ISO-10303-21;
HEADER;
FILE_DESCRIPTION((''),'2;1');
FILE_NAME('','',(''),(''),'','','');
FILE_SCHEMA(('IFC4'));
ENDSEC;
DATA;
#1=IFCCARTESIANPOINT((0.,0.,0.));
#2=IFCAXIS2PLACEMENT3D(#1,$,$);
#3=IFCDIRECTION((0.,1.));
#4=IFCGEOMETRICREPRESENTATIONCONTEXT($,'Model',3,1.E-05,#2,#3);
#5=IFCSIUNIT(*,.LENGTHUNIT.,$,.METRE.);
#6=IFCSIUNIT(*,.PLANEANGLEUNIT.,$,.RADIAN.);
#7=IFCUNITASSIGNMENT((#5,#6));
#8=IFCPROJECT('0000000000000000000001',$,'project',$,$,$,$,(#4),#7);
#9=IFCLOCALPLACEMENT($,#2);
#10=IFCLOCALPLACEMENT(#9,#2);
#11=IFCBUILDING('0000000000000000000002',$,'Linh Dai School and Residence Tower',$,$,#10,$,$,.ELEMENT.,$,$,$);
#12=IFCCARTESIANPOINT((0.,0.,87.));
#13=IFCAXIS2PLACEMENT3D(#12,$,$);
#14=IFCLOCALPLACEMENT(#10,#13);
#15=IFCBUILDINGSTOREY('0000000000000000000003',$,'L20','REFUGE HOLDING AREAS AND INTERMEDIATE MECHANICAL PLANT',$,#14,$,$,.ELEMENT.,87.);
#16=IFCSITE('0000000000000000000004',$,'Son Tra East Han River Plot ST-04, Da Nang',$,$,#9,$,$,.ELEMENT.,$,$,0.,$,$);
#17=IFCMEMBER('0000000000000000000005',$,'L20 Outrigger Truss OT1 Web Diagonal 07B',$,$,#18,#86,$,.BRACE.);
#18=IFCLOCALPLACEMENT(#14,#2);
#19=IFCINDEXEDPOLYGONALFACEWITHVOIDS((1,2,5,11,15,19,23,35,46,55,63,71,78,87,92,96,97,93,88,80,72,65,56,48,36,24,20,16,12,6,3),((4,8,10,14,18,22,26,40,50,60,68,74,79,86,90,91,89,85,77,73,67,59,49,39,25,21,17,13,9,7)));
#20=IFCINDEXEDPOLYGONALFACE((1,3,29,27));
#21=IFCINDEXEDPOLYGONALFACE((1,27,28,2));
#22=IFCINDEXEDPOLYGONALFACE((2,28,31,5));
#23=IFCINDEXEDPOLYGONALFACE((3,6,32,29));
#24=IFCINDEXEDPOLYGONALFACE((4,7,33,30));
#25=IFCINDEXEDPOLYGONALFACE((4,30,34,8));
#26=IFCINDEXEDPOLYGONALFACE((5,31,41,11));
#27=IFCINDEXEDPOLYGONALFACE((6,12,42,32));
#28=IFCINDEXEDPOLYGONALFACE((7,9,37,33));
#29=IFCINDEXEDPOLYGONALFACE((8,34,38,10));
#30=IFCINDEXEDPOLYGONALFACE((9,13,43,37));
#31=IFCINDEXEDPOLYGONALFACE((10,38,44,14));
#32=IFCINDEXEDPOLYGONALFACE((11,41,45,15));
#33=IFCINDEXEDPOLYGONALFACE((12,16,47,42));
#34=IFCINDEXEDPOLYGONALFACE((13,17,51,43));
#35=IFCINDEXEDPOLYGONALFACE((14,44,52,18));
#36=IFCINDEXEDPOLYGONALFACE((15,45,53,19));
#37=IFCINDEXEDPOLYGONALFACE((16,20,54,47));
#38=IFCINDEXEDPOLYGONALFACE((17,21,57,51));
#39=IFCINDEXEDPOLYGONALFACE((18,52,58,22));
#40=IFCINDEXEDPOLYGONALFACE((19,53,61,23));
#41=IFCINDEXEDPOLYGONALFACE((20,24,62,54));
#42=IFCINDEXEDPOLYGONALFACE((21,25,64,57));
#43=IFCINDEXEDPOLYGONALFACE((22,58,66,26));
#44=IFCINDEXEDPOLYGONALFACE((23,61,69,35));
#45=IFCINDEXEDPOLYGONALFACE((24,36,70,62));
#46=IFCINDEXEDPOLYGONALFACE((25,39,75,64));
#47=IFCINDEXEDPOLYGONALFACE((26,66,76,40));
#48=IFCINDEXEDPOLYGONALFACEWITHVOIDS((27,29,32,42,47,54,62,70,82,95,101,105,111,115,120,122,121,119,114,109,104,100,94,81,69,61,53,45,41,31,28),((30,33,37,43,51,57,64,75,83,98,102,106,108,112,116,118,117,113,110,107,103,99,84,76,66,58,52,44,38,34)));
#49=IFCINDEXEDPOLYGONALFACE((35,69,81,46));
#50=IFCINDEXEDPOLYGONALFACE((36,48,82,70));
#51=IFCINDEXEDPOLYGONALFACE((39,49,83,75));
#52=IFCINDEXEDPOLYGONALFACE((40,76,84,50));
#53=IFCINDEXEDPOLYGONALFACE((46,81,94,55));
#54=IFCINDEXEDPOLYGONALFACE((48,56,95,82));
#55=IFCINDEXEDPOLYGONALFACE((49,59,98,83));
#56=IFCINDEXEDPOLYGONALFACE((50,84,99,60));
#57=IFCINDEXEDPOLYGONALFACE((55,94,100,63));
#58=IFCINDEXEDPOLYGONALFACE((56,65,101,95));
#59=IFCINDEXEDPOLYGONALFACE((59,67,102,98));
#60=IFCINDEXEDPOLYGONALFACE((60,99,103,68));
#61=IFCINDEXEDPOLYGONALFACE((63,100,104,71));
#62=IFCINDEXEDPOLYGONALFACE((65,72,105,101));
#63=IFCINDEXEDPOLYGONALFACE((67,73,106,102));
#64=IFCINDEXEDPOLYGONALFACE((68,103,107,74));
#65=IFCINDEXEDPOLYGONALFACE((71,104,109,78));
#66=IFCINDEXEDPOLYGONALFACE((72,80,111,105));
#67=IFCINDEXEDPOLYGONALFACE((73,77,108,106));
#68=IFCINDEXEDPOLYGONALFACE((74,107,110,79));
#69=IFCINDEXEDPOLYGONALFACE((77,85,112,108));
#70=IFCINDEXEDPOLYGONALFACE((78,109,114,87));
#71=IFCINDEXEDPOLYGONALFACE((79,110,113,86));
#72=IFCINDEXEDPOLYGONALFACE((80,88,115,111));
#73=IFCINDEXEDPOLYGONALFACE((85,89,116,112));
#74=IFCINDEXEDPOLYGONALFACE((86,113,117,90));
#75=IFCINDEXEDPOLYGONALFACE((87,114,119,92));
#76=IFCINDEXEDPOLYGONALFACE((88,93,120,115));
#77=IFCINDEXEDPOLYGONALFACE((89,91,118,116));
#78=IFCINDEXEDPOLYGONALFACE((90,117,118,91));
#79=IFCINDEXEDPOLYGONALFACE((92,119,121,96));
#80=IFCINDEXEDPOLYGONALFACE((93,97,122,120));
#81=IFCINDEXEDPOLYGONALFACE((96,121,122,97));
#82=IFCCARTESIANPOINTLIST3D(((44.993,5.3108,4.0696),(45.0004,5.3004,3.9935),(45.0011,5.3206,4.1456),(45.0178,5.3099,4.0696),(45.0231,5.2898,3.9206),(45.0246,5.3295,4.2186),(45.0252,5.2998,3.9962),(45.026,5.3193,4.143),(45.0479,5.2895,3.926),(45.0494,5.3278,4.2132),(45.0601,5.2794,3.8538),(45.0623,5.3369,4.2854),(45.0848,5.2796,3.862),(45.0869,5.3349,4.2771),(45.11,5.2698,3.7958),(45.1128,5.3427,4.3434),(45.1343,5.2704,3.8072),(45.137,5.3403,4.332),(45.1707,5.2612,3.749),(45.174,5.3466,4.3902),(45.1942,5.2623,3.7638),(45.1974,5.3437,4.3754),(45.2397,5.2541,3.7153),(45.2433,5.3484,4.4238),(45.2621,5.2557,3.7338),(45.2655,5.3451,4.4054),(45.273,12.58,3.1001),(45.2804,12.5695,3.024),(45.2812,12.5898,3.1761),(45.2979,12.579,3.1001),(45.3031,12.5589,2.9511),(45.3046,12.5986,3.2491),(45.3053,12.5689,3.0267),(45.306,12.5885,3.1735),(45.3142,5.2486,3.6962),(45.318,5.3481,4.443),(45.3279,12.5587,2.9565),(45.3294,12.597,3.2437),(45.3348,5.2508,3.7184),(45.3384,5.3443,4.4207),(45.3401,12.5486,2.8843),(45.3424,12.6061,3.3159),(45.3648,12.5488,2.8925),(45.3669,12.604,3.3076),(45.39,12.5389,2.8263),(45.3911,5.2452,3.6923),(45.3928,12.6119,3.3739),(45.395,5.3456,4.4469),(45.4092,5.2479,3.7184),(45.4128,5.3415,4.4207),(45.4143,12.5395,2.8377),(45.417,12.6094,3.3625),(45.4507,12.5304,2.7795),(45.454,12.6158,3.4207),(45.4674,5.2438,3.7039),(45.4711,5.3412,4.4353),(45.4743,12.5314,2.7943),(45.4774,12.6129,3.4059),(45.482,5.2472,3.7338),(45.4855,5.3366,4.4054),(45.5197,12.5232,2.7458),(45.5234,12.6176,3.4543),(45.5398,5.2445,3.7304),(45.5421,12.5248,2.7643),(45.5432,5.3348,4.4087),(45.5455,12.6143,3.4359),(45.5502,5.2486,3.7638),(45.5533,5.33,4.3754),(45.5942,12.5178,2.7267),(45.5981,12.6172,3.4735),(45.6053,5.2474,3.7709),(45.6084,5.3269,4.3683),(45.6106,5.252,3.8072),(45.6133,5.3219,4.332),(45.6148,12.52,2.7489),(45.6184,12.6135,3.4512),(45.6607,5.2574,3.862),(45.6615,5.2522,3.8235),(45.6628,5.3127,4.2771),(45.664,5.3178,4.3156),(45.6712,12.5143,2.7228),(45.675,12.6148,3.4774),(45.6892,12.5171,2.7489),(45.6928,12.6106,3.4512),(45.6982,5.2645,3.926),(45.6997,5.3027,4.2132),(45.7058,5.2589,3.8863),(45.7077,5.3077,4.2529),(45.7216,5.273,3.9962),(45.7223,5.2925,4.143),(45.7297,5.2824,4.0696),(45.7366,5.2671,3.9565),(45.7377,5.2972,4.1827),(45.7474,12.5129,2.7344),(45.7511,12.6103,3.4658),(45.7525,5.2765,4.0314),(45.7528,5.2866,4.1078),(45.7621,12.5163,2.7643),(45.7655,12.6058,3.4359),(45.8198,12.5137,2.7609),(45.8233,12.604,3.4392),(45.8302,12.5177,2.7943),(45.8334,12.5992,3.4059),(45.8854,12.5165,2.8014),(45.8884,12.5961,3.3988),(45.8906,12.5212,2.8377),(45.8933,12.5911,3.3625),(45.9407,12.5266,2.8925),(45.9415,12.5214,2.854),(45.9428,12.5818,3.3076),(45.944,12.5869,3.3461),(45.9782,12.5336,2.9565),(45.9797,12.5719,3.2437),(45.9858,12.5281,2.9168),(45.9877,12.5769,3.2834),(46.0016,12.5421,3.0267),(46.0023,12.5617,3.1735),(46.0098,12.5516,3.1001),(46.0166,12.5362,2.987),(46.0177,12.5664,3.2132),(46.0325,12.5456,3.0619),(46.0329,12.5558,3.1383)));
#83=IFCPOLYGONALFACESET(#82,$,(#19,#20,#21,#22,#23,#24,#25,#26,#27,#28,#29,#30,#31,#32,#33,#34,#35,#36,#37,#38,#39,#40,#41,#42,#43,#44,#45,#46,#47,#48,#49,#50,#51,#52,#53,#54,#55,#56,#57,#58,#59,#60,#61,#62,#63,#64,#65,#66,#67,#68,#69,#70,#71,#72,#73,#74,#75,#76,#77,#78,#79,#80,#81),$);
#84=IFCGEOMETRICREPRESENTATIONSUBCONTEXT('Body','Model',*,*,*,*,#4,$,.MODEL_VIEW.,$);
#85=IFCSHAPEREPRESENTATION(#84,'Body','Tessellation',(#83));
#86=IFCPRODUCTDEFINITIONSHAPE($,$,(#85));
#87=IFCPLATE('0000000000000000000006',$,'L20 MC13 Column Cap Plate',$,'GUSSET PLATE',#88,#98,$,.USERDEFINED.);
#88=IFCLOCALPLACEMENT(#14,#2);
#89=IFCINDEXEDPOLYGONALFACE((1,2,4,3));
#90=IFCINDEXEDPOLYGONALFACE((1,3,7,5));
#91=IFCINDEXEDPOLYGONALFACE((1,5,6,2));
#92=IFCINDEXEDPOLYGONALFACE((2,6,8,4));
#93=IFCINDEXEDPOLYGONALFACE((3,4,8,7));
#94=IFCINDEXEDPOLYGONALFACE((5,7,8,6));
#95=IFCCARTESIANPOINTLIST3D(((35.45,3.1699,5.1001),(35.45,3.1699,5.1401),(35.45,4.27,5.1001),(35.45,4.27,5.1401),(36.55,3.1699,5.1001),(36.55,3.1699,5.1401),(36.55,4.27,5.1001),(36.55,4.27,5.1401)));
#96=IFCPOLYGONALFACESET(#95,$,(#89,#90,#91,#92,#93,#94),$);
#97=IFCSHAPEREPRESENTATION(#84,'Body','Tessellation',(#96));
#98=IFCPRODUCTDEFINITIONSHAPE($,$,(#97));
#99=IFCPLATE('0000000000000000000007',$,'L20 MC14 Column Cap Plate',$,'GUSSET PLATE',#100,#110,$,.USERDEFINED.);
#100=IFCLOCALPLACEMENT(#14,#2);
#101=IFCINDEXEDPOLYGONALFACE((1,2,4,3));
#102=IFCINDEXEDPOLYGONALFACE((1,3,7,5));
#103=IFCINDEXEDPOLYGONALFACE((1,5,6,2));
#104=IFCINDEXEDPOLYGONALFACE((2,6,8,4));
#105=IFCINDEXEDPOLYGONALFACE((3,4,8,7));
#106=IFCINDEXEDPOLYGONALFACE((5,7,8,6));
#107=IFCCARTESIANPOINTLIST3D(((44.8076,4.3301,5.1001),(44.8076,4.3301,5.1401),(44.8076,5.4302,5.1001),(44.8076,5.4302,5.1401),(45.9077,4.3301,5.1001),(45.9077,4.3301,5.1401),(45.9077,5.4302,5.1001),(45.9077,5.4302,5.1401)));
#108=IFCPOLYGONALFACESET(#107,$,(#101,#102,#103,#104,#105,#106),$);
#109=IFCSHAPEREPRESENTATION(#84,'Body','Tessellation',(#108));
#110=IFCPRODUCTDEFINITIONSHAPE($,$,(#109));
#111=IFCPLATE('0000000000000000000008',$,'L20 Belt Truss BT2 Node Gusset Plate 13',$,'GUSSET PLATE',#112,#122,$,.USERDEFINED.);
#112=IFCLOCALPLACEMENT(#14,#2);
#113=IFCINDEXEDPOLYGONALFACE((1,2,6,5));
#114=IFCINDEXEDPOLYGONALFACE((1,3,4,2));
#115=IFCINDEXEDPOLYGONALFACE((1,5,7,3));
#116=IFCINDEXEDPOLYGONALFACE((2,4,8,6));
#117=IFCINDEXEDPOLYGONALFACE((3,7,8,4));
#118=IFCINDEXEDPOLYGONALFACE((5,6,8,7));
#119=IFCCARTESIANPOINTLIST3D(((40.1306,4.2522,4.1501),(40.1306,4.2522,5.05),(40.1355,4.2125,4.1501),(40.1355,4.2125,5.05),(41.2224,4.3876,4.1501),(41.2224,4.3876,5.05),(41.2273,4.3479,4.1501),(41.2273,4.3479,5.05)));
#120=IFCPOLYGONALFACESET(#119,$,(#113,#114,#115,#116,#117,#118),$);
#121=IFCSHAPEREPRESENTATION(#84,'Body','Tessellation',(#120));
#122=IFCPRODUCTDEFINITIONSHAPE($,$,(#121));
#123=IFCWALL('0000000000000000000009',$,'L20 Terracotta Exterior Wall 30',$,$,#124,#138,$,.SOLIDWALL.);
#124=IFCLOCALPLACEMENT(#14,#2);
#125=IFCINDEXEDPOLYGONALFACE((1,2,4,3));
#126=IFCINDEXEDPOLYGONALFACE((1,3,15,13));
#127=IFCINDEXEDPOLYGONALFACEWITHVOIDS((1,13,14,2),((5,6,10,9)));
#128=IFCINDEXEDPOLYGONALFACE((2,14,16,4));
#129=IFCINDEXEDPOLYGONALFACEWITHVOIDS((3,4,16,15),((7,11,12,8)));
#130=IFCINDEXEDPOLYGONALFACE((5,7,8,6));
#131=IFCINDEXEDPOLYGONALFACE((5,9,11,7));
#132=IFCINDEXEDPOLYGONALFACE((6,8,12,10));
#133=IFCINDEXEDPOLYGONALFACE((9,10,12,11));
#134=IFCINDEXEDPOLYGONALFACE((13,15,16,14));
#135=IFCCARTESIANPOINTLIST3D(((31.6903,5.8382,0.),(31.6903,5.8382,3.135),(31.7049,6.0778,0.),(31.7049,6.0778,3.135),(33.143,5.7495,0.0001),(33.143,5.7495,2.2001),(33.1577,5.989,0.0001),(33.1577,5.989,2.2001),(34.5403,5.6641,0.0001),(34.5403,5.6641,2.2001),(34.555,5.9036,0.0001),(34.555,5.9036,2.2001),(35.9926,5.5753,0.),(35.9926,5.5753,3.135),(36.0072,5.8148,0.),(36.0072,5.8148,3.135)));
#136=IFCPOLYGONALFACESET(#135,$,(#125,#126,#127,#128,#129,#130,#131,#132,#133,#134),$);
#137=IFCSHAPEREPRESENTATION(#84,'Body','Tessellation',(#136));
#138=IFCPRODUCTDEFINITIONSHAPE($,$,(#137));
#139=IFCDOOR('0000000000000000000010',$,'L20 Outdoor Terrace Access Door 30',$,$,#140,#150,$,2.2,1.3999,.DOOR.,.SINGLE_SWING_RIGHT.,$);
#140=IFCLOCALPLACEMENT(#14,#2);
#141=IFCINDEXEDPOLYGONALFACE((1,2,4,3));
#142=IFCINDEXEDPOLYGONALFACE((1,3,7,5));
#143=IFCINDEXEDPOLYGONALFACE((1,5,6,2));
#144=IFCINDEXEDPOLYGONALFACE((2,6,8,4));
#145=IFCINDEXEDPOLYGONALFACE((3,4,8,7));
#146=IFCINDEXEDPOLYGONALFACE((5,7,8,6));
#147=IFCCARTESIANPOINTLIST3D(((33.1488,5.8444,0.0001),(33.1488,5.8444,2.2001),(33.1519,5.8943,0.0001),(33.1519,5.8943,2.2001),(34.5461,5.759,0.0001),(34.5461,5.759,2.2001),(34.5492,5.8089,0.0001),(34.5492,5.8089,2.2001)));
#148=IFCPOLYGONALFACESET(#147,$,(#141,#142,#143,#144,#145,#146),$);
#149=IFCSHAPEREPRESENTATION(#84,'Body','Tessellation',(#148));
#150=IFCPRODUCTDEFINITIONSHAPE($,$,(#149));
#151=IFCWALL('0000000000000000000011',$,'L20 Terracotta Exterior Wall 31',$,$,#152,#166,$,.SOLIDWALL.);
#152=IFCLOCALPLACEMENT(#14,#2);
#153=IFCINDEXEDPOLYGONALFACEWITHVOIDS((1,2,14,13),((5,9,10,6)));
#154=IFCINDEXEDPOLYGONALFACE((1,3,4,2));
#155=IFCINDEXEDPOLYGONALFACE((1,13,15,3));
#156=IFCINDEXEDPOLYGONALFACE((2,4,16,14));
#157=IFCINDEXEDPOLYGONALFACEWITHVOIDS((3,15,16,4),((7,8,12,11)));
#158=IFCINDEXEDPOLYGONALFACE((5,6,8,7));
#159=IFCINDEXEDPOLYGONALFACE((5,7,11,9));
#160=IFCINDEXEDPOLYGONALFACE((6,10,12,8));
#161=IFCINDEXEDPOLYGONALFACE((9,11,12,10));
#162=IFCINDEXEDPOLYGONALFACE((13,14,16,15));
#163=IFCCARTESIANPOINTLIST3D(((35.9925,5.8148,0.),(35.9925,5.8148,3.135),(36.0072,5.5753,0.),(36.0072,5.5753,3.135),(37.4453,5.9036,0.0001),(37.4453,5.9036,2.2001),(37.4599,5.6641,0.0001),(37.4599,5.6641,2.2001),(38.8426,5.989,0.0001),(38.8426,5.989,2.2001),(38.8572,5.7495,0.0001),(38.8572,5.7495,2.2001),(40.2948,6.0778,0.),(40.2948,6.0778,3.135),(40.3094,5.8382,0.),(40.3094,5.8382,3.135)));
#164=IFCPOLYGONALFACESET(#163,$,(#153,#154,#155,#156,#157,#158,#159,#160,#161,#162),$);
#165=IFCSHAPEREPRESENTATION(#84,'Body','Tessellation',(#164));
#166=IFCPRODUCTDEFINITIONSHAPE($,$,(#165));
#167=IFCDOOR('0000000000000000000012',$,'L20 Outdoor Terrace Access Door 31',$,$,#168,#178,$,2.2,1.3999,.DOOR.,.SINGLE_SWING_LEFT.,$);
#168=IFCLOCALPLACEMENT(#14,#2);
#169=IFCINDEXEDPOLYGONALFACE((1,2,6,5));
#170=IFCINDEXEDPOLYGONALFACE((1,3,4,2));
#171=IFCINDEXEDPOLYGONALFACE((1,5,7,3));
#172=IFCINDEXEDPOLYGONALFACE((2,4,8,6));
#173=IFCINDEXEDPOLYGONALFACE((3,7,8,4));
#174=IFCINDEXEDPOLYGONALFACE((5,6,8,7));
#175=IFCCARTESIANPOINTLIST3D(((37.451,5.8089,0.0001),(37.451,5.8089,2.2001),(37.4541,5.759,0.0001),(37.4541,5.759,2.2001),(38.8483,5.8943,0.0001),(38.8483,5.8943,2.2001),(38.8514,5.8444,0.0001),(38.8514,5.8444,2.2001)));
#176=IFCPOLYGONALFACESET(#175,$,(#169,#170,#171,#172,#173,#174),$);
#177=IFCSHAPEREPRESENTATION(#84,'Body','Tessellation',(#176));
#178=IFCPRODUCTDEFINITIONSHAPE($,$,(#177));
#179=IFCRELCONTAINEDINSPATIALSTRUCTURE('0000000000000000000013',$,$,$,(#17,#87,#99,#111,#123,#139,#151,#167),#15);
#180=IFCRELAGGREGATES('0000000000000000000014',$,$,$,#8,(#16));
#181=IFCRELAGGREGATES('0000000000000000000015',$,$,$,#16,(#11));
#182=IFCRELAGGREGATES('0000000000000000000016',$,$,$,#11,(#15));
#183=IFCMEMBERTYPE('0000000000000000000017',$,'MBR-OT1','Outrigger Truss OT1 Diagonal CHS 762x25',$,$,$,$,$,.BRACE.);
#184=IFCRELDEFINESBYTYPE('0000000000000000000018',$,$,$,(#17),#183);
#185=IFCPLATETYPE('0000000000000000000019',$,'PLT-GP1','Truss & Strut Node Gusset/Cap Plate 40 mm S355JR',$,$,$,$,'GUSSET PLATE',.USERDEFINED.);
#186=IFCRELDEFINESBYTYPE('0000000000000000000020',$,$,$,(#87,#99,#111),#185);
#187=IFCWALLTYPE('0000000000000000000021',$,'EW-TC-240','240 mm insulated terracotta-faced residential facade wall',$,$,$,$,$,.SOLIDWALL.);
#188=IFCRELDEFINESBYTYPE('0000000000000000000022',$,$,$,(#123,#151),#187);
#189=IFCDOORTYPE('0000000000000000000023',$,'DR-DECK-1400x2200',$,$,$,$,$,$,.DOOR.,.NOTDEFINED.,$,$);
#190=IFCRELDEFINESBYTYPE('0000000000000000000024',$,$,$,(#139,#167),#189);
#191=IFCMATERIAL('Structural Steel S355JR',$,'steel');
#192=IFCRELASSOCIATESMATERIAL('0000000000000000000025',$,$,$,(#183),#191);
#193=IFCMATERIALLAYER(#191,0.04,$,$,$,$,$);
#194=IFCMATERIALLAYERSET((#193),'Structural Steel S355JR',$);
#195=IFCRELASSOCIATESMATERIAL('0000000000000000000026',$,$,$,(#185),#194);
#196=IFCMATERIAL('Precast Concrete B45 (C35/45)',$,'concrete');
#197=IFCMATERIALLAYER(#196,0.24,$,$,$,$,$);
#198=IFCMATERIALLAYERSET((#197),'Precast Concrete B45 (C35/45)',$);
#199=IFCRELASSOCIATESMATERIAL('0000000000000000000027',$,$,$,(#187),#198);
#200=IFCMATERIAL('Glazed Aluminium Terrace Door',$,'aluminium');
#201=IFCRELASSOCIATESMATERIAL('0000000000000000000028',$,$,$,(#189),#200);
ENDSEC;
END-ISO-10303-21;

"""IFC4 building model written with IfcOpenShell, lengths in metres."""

from ifc_helpers import new_model, si_unit, direction, frame, frame_2d, origin, origin_2d, place, context, subcontext, project, spatial, rectangle, hollow_circle, extrude, source, transform, mapped, material, layer, layer_set, material_profile, profile_set, type_object, element, fill, save


model = new_model("IFC4")

# Units and contexts
model_context = context("Model", 3, precision=1e-05, world=origin(), true_north=direction((0.0, 1.0)))
body_context = subcontext(model_context, "Body", "Model", "MODEL_VIEW")
ifc_project = project(units=[si_unit("LENGTHUNIT", "METRE"), si_unit("PLANEANGLEUNIT", "RADIAN")], contexts=[model_context])

# Site, building, storey
site_placement = place(None, origin())
site = spatial("IfcSite", under=ifc_project, at=site_placement, Name="Son Tra East Han River Plot ST-04, Da Nang", CompositionType="ELEMENT", RefElevation=0.0)
building_placement = place(site_placement, origin())
building = spatial("IfcBuilding", under=site, at=building_placement, Name="Linh Dai School and Residence Tower", CompositionType="ELEMENT")
storey_placement = place(building_placement, frame((0.0, 0.0, 87.0)))
storey = spatial("IfcBuildingStorey", under=building, at=storey_placement, Name="L20", Description="REFUGE HOLDING AREAS AND INTERMEDIATE MECHANICAL PLANT", CompositionType="ELEMENT", Elevation=87.0)

# Shared definitions
ifc_material_1 = material(Name="Structural Steel S355JR", Category="steel")

# Member
ifc_material_profile_1 = material_profile(ifc_material_1, hollow_circle(Radius=0.3811, WallThickness=0.0249, at=origin_2d()), Name="CHS 762x25")
ifc_profile_set_1 = profile_set([ifc_material_profile_1], Name="Structural Steel S355JR")
member_type = type_object("IfcMemberType", Name="MBR-OT1", Description="Outrigger Truss OT1 Diagonal CHS 762x25", PredefinedType="BRACE", material=ifc_profile_set_1)
member_placement = place(storey_placement, frame((45.3738, 5.2961, 4.0696), z_axis=(0.038158, 0.990501, -0.132105), x_axis=(-0.999259, 0.038495, 0.0)))
element("IfcMember", 1, at=member_placement, inside=storey, type_object=member_type, Name="L20 Outrigger Truss OT1 Web Diagonal 07B", PredefinedType="BRACE", context=body_context, shape_type="SweptSolid", body=[
    extrude(hollow_circle(Radius=0.3811, WallThickness=0.0249, at=origin_2d()), origin(), (0.0, 0.0, 1.0), 7.3389),
])

# Plates
ifc_layer_1 = layer(ifc_material_1, 0.04)
ifc_layer_set_1 = layer_set([ifc_layer_1], Name="Structural Steel S355JR")
plate_type = type_object("IfcPlateType", Name="PLT-GP1", Description="Truss & Strut Node Gusset/Cap Plate 40 mm S355JR", ElementType="GUSSET PLATE", PredefinedType="USERDEFINED", material=ifc_layer_set_1)
shared_shape_1 = source(origin(), body_context, "Body", "SweptSolid", [
    extrude(rectangle(XDim=1.1001, YDim=1.1001, at=origin_2d()), origin(), (0.0, 0.0, 1.0), 0.04),
])
for number, where, z_axis, x_axis, name in (
    (2, (36.0, 3.72, 5.1001), (0.0, 0.0, 1.0), (1.0, 0.0, 0.0), "L20 MC13 Column Cap Plate"),
    (3, (45.3577, 4.8801, 5.1001), (0.0, 0.0, 1.0), (1.0, 0.0, 0.0), "L20 MC14 Column Cap Plate"),
):
    element("IfcPlate", number, at=place(storey_placement, frame(where, z_axis=z_axis, x_axis=x_axis)), inside=storey, type_object=plate_type, Name=name, ObjectType="GUSSET PLATE", PredefinedType="USERDEFINED", context=body_context, shape_type="MappedRepresentation", body=[
        mapped(shared_shape_1, transform((0.0, 0.0, 0.0), x_axis=(1.0, 0.0, 0.0), y_axis=(0.0, 1.0, 0.0), z_axis=(0.0, 0.0, 1.0), scale=1.0)),
    ])
shared_shape_2 = source(origin(), body_context, "Body", "SweptSolid", [
    extrude(rectangle(XDim=1.1001, YDim=0.04, at=origin_2d()), origin(), (0.0, 0.0, 1.0), 0.8999),
])
plate_placement = place(storey_placement, frame((40.679, 4.3, 4.1501), z_axis=(0.0, 0.0, 1.0), x_axis=(0.992402, 0.123039, 0.0)))
element("IfcPlate", 4, at=plate_placement, inside=storey, type_object=plate_type, Name="L20 Belt Truss BT2 Node Gusset Plate 13", ObjectType="GUSSET PLATE", PredefinedType="USERDEFINED", context=body_context, shape_type="MappedRepresentation", body=[
    mapped(shared_shape_2, transform((0.0, 0.0, 0.0), x_axis=(1.0, 0.0, 0.0), y_axis=(0.0, 1.0, 0.0), z_axis=(0.0, 0.0, 1.0), scale=1.0)),
])

# Walls, openings, doors
ifc_material_2 = material(Name="Precast Concrete B45 (C35/45)", Category="concrete")
ifc_layer_2 = layer(ifc_material_2, 0.24)
ifc_layer_set_2 = layer_set([ifc_layer_2], Name="Precast Concrete B45 (C35/45)")
wall_type_1 = type_object("IfcWallType", Name="EW-TC-240", Description="240 mm insulated terracotta-faced residential facade wall", PredefinedType="SOLIDWALL", material=ifc_layer_set_2)
wall_1_placement = place(storey_placement, frame((36.0, 5.6951, 0.0), z_axis=(0.0, 0.0, 1.0), x_axis=(-0.998138, 0.061003, 0.0)))
wall_1 = element("IfcWall", 5, at=wall_1_placement, inside=storey, type_object=wall_type_1, Name="L20 Terracotta Exterior Wall 30", PredefinedType="SOLIDWALL", context=body_context, shape_type="SweptSolid", body=[
    extrude(rectangle(XDim=4.3103, YDim=0.24, at=frame_2d((2.1553, 0.0))), origin(), (0.0, 0.0, 1.0), 3.135),
])
opening_1_placement = place(wall_1_placement, frame((1.4551, 0.0, 0.0)))
opening_1 = element("IfcOpeningElement", 6, at=opening_1_placement, cuts=wall_1, PredefinedType="OPENING", context=body_context, shape_type="SweptSolid", body=[
    extrude(rectangle(XDim=1.3999, YDim=2.2, at=origin_2d()), frame((0.7, 0.1299, 1.1001), z_axis=(0.0, -1.0, 0.0), x_axis=(1.0, 0.0, 0.0)), (0.0, 0.0, 1.0), 0.26),
])
ifc_material_3 = material(Name="Glazed Aluminium Terrace Door", Category="aluminium")
door_type_1 = type_object("IfcDoorType", Name="DR-DECK-1400x2200", OperationType="NOTDEFINED", PredefinedType="DOOR", material=ifc_material_3)
shared_shape_3 = source(origin(), body_context, "Body", "SweptSolid", [
    extrude(rectangle(XDim=1.3999, YDim=2.2, at=origin_2d()), frame((0.7, 0.0249, 1.1001), z_axis=(0.0, -1.0, 0.0), x_axis=(1.0, 0.0, 0.0)), (0.0, 0.0, 1.0), 0.05),
])
door_1_placement = place(opening_1_placement, origin())
door_1 = element("IfcDoor", 7, at=door_1_placement, inside=storey, type_object=door_type_1, Name="L20 Outdoor Terrace Access Door 30", OperationType="SINGLE_SWING_RIGHT", OverallHeight=2.2, OverallWidth=1.3999, PredefinedType="DOOR", context=body_context, shape_type="MappedRepresentation", body=[
    mapped(shared_shape_3, transform((0.0, 0.0, 0.0), x_axis=(1.0, 0.0, 0.0), y_axis=(0.0, 1.0, 0.0), z_axis=(0.0, 0.0, 1.0), scale=1.0)),
])
fill(opening_1, door_1)
wall_2_placement = place(storey_placement, frame((40.3022, 5.958, 0.0), z_axis=(0.0, 0.0, 1.0), x_axis=(-0.998138, -0.061003, 0.0)))
wall_2 = element("IfcWall", 8, at=wall_2_placement, inside=storey, type_object=wall_type_1, Name="L20 Terracotta Exterior Wall 31", PredefinedType="SOLIDWALL", context=body_context, shape_type="SweptSolid", body=[
    extrude(rectangle(XDim=4.3103, YDim=0.24, at=frame_2d((2.1553, 0.0))), origin(), (0.0, 0.0, 1.0), 3.135),
])
opening_2_placement = place(wall_2_placement, frame((1.4551, 0.0, 0.0)))
opening_2 = element("IfcOpeningElement", 9, at=opening_2_placement, cuts=wall_2, PredefinedType="OPENING", context=body_context, shape_type="SweptSolid", body=[
    extrude(rectangle(XDim=1.3999, YDim=2.2, at=origin_2d()), frame((0.7, 0.1299, 1.1001), z_axis=(0.0, -1.0, 0.0), x_axis=(1.0, 0.0, 0.0)), (0.0, 0.0, 1.0), 0.26),
])
door_2_placement = place(opening_2_placement, origin())
door_2 = element("IfcDoor", 10, at=door_2_placement, inside=storey, type_object=door_type_1, Name="L20 Outdoor Terrace Access Door 31", OperationType="SINGLE_SWING_LEFT", OverallHeight=2.2, OverallWidth=1.3999, PredefinedType="DOOR", context=body_context, shape_type="MappedRepresentation", body=[
    mapped(shared_shape_3, transform((0.0, 0.0, 0.0), x_axis=(1.0, 0.0, 0.0), y_axis=(0.0, 1.0, 0.0), z_axis=(0.0, 0.0, 1.0), scale=1.0)),
])
fill(opening_2, door_2)

save(model, "model.ifc")
